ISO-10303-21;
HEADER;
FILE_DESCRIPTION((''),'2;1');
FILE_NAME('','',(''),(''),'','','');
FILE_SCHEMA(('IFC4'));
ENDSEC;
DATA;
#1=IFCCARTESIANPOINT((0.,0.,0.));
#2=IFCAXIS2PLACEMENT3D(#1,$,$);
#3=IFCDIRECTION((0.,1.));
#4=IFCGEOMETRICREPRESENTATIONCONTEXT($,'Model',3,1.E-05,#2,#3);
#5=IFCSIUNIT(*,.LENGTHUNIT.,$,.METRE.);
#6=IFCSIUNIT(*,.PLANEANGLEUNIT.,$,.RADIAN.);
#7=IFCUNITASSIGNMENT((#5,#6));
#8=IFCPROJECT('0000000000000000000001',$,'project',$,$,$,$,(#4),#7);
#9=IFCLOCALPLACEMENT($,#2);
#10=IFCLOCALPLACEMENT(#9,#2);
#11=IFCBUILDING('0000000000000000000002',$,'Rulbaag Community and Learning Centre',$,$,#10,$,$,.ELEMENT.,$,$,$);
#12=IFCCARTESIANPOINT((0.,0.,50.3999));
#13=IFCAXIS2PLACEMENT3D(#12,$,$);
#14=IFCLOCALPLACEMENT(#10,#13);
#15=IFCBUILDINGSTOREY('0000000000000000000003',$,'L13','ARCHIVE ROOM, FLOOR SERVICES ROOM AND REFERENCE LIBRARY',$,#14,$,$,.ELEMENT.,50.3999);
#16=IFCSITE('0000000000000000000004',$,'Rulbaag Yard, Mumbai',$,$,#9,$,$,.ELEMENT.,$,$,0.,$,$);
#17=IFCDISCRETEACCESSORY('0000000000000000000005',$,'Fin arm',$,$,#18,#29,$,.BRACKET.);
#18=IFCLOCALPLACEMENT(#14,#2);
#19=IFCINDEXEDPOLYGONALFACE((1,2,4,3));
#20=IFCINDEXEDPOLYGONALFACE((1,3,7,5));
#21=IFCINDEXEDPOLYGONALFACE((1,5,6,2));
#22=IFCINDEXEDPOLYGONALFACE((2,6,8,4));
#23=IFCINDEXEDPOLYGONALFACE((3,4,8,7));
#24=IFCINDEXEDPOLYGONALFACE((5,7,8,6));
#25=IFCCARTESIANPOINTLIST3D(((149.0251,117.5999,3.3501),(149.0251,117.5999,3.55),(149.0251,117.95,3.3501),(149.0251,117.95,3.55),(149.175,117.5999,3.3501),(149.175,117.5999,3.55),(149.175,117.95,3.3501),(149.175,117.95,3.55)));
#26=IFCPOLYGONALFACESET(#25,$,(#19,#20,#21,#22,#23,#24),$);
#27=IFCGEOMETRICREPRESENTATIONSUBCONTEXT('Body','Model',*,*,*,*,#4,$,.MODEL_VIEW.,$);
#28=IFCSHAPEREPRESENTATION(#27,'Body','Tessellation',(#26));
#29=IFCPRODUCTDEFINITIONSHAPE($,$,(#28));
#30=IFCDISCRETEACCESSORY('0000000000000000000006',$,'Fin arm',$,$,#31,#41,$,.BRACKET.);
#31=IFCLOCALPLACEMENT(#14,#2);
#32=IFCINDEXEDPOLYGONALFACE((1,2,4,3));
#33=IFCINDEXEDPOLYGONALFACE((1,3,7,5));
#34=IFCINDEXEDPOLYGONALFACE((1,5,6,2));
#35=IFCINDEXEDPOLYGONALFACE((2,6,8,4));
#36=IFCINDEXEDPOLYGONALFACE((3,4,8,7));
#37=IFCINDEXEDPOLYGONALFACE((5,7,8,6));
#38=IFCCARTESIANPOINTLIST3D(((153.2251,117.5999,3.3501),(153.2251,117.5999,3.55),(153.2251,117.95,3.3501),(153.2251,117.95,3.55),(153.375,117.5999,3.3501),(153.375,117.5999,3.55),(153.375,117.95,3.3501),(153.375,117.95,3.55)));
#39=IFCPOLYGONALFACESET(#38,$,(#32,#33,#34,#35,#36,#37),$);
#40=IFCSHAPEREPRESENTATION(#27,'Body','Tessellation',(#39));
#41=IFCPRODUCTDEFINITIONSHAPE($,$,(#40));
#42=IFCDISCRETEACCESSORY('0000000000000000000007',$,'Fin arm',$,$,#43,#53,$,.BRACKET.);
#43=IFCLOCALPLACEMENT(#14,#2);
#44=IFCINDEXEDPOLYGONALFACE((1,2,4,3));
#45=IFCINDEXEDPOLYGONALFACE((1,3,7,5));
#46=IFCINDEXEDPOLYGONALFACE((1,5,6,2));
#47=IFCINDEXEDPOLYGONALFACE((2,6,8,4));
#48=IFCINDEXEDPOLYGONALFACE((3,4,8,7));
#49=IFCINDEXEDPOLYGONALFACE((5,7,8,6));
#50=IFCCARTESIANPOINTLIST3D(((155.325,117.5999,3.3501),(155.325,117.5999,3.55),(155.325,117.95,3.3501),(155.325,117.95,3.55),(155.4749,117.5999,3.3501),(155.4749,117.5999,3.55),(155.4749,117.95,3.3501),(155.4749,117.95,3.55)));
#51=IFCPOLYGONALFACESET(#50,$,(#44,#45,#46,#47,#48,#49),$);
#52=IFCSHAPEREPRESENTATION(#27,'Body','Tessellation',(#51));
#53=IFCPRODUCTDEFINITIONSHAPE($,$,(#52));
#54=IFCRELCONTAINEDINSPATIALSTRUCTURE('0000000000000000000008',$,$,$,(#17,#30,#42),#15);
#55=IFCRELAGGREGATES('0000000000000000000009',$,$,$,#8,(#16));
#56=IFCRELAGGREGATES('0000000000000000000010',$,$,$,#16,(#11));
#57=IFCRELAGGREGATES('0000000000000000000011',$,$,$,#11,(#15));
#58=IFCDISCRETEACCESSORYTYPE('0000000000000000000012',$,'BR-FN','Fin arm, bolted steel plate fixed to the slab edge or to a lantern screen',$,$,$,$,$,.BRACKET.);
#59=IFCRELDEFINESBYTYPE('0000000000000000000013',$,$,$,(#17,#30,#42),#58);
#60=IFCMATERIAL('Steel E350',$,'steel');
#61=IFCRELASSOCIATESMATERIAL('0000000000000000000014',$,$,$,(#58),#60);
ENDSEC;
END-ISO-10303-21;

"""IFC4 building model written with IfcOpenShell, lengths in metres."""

from ifc_helpers import new_model, si_unit, direction, frame, origin, origin_2d, place, context, subcontext, project, spatial, rectangle, extrude, material, type_object, element, save


model = new_model("IFC4")

# Units and contexts
model_context = context("Model", 3, precision=1e-05, world=origin(), true_north=direction((0.0, 1.0)))
body_context = subcontext(model_context, "Body", "Model", "MODEL_VIEW")
ifc_project = project(units=[si_unit("LENGTHUNIT", "METRE"), si_unit("PLANEANGLEUNIT", "RADIAN")], contexts=[model_context])

# Site, building, storey
site_placement = place(None, origin())
site = spatial("IfcSite", under=ifc_project, at=site_placement, Name="Rulbaag Yard, Mumbai", CompositionType="ELEMENT", RefElevation=0.0)
building_placement = place(site_placement, origin())
building = spatial("IfcBuilding", under=site, at=building_placement, Name="Rulbaag Community and Learning Centre", CompositionType="ELEMENT")
storey_placement = place(building_placement, frame((0.0, 0.0, 50.3999)))
storey = spatial("IfcBuildingStorey", under=building, at=storey_placement, Name="L13", Description="ARCHIVE ROOM, FLOOR SERVICES ROOM AND REFERENCE LIBRARY", CompositionType="ELEMENT", Elevation=50.3999)

# Discrete accessories
ifc_material_1 = material(Name="Steel E350", Category="steel")
discrete_accessory_type = type_object("IfcDiscreteAccessoryType", Name="BR-FN", Description="Fin arm, bolted steel plate fixed to the slab edge or to a lantern screen", PredefinedType="BRACKET", material=ifc_material_1)
for number, where, z_axis, x_axis, name in (
    (1, (149.1001, 117.7749, 3.3501), (0.0, 0.0, 1.0), (1.0, 0.0, 0.0), "Fin arm"),
    (2, (153.3, 117.7749, 3.3501), (0.0, 0.0, 1.0), (1.0, 0.0, 0.0), "Fin arm"),
    (3, (155.3999, 117.7749, 3.3501), (0.0, 0.0, 1.0), (1.0, 0.0, 0.0), "Fin arm"),
):
    element("IfcDiscreteAccessory", number, at=place(storey_placement, frame(where, z_axis=z_axis, x_axis=x_axis)), inside=storey, type_object=discrete_accessory_type, Name=name, PredefinedType="BRACKET", context=body_context, shape_type="SweptSolid", body=[
        extrude(rectangle(XDim=0.1499, YDim=0.3501, at=origin_2d()), origin(), (0.0, 0.0, 1.0), 0.2),
    ])

save(model, "model.ifc")
